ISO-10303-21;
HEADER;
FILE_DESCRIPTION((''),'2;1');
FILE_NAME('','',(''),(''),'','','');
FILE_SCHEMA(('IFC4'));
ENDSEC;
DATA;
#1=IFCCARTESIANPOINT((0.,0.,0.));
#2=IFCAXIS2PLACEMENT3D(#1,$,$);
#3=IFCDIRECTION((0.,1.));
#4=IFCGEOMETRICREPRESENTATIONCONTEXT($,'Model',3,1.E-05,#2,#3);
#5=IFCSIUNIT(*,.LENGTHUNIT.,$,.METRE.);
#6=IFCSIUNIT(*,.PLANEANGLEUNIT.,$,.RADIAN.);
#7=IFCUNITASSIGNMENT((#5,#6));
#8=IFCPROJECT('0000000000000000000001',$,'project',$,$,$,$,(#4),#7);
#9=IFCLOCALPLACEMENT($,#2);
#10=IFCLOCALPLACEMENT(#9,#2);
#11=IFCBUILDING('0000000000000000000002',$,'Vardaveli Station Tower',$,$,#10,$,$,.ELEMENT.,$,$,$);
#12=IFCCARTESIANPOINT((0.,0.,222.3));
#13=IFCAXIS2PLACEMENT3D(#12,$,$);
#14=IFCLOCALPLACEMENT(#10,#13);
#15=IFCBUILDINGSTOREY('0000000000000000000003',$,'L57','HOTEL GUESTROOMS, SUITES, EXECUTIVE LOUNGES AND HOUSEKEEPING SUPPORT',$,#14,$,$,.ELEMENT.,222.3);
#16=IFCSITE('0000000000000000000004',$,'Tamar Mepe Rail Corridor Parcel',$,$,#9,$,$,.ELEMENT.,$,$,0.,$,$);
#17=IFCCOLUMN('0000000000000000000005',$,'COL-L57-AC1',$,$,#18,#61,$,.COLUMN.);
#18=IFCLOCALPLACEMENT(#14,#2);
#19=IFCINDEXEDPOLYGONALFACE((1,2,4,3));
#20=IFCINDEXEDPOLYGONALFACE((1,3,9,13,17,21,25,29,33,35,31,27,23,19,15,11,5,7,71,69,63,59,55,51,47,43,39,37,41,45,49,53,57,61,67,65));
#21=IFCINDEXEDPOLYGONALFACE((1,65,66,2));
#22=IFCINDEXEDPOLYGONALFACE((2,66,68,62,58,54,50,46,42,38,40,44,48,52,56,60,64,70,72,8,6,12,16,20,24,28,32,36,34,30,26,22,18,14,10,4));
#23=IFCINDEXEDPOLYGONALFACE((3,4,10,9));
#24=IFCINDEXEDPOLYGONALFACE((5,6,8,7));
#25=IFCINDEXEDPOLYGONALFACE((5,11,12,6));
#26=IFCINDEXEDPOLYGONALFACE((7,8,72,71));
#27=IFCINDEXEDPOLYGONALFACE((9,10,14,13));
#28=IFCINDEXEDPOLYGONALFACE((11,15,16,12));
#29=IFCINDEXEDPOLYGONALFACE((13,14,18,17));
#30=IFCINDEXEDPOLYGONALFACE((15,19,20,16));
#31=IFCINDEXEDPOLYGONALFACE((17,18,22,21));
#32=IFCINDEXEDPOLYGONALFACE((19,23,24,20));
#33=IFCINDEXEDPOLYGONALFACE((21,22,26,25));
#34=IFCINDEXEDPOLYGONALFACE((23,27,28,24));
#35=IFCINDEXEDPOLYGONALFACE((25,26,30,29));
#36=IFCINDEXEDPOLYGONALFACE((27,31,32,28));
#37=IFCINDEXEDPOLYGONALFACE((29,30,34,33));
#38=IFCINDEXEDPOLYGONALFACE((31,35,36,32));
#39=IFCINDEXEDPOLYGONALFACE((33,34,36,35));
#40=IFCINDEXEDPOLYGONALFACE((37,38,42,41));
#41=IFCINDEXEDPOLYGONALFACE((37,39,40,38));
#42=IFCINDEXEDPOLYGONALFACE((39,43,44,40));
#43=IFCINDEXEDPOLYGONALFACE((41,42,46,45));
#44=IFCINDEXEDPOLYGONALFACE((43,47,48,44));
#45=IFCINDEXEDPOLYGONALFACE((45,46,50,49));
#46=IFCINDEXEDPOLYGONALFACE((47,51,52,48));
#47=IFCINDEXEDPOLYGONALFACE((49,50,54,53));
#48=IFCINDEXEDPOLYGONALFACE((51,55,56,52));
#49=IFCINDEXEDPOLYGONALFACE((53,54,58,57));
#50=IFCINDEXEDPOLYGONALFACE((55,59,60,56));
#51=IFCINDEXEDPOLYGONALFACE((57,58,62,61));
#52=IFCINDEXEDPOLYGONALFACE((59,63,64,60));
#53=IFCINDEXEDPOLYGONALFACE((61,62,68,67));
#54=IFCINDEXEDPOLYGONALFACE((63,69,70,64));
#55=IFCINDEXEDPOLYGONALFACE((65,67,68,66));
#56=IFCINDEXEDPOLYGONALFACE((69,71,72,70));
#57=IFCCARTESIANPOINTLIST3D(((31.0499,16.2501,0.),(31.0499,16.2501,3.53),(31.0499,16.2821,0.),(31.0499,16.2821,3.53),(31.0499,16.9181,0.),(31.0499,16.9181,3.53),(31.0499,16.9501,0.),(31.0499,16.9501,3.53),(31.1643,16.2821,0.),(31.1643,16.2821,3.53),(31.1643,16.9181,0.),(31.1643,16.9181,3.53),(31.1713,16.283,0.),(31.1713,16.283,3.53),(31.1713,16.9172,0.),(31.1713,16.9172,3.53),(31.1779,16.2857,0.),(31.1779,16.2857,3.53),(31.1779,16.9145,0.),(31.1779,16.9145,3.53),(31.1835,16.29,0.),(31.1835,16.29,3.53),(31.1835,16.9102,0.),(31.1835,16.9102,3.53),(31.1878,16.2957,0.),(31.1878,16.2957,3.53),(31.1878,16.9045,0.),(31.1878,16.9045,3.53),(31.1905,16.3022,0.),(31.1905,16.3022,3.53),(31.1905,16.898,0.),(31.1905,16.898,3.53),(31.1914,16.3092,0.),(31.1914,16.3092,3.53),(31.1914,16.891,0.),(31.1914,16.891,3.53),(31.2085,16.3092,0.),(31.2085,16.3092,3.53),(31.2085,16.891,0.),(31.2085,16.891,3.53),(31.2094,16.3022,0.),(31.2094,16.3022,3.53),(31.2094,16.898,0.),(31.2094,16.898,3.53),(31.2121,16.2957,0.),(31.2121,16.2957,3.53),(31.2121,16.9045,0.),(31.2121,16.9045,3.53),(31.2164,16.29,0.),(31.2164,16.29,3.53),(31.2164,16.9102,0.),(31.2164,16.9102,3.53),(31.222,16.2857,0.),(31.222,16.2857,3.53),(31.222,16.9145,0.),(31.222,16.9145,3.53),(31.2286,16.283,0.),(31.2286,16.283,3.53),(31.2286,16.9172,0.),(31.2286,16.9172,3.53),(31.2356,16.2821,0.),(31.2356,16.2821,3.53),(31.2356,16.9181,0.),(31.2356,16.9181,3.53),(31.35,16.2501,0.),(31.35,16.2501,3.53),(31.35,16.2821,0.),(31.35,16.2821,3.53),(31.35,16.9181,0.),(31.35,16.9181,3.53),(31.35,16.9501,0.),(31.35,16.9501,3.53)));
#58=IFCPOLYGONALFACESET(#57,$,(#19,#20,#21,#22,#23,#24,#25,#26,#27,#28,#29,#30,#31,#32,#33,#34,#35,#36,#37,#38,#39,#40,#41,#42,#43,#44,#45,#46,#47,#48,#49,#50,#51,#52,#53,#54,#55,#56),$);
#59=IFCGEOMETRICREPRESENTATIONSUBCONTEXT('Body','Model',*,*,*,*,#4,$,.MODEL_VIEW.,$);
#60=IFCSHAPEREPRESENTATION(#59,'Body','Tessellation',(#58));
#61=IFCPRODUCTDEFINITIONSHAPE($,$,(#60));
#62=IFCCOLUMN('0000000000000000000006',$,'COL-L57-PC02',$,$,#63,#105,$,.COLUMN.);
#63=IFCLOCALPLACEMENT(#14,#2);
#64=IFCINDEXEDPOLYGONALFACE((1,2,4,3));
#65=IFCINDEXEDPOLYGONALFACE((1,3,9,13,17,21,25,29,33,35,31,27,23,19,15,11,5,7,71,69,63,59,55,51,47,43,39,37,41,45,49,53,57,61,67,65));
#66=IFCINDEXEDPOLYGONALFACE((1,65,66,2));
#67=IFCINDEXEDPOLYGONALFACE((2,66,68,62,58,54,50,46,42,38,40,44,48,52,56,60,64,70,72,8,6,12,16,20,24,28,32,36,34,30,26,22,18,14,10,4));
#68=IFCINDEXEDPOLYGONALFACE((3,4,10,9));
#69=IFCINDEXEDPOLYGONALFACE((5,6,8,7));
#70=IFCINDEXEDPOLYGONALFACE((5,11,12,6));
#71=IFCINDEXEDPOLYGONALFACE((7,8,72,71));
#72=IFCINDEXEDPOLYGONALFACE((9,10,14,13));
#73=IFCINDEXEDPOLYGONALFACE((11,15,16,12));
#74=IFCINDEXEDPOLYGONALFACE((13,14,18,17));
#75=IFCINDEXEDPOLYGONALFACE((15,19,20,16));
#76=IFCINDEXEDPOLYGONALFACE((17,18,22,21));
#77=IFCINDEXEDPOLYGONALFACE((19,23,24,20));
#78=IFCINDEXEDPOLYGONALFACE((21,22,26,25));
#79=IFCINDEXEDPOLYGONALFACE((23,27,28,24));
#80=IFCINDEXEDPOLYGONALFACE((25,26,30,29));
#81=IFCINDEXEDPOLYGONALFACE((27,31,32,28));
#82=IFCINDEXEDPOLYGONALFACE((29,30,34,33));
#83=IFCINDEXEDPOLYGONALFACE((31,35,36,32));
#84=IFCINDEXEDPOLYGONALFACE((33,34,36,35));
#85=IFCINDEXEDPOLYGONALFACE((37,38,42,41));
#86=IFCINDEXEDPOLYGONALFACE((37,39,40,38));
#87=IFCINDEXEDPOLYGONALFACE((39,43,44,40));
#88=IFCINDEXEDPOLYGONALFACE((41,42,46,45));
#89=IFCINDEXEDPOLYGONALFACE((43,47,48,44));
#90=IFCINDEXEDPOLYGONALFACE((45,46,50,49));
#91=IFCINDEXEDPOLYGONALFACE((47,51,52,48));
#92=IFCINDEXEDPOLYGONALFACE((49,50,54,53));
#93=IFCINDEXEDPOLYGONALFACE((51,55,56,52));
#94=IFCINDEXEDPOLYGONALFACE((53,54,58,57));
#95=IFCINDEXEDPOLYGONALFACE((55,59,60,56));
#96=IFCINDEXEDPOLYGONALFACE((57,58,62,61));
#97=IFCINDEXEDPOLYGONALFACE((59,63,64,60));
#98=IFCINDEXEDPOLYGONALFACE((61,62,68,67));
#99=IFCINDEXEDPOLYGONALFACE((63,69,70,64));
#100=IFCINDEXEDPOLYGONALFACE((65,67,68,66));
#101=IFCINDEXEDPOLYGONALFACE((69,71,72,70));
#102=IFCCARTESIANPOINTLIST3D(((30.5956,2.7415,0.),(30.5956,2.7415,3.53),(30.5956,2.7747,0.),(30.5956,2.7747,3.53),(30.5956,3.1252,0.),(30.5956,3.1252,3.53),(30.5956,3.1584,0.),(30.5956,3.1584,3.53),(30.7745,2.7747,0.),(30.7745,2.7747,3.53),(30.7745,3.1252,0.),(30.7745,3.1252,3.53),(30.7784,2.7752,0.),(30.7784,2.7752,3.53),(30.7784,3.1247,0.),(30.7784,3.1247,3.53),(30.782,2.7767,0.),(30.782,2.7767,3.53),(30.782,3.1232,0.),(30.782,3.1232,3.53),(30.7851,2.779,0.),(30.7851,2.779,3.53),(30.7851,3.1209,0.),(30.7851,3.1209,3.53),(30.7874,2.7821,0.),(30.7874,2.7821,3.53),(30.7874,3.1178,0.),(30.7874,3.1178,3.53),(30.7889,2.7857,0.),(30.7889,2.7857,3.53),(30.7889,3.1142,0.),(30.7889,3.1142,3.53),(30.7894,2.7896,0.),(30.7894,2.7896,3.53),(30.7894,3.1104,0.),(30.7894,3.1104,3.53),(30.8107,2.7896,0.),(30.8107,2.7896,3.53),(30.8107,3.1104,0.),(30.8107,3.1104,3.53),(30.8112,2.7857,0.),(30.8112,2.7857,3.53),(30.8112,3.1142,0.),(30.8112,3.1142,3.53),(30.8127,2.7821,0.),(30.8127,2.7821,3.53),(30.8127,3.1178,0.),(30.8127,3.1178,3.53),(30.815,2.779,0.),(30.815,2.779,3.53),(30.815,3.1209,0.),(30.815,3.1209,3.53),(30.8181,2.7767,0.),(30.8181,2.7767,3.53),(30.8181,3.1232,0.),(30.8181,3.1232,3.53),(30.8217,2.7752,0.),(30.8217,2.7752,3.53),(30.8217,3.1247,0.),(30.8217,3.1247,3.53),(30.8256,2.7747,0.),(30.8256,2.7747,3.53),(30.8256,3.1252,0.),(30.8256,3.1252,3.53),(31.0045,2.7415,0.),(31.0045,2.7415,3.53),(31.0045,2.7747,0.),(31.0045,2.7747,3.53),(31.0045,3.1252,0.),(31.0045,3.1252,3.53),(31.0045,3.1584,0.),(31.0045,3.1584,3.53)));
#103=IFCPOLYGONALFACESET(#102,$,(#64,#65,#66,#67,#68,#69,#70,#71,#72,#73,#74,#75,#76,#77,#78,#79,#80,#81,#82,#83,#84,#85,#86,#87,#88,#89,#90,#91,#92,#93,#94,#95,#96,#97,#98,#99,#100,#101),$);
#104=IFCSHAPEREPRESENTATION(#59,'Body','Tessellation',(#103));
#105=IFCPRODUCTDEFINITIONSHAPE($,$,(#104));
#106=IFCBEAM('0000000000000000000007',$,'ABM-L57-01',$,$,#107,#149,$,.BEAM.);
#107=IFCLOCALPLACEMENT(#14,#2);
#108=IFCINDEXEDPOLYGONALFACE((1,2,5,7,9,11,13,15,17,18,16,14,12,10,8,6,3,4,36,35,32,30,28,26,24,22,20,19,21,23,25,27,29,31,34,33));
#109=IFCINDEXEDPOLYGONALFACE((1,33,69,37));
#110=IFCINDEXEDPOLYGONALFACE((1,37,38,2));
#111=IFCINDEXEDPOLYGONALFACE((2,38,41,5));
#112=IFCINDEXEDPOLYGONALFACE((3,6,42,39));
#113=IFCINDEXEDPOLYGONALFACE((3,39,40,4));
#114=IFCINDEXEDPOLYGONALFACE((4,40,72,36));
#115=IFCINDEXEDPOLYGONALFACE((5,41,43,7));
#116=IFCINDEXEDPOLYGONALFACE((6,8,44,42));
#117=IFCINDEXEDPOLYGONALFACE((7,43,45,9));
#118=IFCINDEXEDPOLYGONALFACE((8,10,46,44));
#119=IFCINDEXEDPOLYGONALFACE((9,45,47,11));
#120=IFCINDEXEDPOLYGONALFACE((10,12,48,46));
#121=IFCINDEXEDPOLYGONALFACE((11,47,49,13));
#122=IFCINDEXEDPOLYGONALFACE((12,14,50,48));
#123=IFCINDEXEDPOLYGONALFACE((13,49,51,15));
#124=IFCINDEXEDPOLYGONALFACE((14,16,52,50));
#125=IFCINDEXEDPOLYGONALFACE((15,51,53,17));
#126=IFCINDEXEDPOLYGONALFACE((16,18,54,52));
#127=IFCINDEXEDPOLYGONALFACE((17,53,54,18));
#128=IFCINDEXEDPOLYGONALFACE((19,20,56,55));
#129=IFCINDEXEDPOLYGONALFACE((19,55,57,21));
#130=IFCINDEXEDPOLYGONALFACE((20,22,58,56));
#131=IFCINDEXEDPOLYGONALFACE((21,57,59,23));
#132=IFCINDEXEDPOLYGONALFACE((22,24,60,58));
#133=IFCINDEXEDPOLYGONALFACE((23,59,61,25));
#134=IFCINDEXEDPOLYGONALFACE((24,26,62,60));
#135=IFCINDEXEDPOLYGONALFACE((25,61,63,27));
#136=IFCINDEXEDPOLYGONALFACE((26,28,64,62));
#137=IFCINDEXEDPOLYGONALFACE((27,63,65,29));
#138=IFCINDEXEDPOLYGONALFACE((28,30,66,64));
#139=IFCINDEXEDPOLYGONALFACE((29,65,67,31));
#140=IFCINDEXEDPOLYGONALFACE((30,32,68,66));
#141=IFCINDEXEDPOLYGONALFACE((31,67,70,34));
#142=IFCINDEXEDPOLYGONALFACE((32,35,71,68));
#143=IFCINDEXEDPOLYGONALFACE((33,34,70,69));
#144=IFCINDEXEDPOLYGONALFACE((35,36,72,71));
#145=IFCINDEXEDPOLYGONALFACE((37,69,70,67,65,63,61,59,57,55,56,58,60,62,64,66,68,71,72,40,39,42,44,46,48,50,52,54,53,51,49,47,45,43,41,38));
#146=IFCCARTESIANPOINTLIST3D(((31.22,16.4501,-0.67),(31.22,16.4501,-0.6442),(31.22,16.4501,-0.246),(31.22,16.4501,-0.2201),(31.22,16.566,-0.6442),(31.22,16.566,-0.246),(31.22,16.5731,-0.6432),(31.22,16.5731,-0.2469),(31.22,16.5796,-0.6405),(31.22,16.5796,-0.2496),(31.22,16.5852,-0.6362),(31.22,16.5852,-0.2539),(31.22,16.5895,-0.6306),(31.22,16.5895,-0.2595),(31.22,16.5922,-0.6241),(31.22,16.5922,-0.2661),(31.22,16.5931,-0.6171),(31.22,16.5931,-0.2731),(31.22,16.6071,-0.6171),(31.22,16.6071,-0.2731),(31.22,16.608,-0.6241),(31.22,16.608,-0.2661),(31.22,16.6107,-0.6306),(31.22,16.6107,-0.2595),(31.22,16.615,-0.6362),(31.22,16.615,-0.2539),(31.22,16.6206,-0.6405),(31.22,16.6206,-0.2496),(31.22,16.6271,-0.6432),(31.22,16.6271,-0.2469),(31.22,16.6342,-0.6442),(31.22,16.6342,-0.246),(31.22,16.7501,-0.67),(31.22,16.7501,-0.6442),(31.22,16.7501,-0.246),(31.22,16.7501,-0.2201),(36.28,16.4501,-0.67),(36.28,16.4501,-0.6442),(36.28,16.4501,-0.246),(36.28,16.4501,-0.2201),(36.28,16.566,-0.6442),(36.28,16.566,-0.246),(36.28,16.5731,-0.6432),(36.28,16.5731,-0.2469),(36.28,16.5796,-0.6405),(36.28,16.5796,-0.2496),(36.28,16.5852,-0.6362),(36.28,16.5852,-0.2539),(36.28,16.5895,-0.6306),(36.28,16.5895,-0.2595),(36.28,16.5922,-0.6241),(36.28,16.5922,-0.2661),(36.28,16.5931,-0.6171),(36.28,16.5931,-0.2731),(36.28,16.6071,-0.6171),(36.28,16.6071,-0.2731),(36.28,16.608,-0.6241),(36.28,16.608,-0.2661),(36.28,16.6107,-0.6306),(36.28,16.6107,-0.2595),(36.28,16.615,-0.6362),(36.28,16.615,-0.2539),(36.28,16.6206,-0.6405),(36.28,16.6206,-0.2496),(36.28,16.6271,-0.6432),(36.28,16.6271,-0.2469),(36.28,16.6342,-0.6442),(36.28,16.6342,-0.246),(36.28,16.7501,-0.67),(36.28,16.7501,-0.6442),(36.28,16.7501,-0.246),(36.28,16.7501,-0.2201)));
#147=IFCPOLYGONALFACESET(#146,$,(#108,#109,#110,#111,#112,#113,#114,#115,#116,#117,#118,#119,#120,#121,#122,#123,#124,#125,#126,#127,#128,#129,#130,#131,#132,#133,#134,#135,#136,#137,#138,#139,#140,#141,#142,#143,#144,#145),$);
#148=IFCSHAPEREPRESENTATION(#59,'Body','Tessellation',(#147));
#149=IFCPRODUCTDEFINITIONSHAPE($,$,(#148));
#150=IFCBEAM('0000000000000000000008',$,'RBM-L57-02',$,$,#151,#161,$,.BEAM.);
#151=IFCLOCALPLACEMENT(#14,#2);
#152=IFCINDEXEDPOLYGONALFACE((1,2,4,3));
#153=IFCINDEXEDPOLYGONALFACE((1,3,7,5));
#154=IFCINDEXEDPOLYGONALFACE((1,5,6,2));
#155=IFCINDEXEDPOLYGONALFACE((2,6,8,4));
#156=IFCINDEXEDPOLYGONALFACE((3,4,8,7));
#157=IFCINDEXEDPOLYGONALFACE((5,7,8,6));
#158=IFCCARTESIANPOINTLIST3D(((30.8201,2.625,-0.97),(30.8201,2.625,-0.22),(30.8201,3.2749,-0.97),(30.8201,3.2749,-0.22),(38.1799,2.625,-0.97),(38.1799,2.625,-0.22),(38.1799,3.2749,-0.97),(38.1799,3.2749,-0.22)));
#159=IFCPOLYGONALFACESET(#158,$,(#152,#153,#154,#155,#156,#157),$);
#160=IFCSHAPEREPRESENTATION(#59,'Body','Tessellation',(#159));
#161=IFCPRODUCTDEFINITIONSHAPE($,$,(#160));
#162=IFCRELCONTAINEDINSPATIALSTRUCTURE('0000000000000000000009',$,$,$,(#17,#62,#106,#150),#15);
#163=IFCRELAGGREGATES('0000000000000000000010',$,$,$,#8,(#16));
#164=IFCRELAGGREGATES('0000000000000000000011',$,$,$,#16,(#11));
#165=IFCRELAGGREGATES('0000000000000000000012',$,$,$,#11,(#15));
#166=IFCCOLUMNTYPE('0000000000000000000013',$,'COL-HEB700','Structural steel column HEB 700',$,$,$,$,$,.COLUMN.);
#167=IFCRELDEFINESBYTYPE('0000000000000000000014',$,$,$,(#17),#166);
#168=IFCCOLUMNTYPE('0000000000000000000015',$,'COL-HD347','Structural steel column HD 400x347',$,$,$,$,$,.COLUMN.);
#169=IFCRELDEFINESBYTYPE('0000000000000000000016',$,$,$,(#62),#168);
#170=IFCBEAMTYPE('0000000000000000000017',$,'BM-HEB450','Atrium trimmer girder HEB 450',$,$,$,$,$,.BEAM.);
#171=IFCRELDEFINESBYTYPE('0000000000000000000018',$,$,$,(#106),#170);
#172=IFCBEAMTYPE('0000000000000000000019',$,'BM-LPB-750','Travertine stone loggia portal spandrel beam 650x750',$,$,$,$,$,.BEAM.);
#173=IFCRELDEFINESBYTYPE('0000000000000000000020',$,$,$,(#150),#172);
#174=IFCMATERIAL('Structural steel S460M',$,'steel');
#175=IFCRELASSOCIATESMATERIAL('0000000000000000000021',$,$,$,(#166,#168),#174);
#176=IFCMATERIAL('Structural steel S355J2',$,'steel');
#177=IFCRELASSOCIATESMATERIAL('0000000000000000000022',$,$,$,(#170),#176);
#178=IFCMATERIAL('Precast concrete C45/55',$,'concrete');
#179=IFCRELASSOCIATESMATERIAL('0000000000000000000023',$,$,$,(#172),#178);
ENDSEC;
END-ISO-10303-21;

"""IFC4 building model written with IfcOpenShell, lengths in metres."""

from ifc_helpers import new_model, si_unit, direction, frame, origin, origin_2d, place, context, subcontext, project, spatial, rectangle, i_section, extrude, source, transform, mapped, material, material_profile, profile_set, type_object, element, save


model = new_model("IFC4")

# Units and contexts
model_context = context("Model", 3, precision=1e-05, world=origin(), true_north=direction((0.0, 1.0)))
body_context = subcontext(model_context, "Body", "Model", "MODEL_VIEW")
ifc_project = project(units=[si_unit("LENGTHUNIT", "METRE"), si_unit("PLANEANGLEUNIT", "RADIAN")], contexts=[model_context])

# Site, building, storey
site_placement = place(None, origin())
site = spatial("IfcSite", under=ifc_project, at=site_placement, Name="Tamar Mepe Rail Corridor Parcel", CompositionType="ELEMENT", RefElevation=0.0)
building_placement = place(site_placement, origin())
building = spatial("IfcBuilding", under=site, at=building_placement, Name="Vardaveli Station Tower", CompositionType="ELEMENT")
storey_placement = place(building_placement, frame((0.0, 0.0, 222.3)))
storey = spatial("IfcBuildingStorey", under=building, at=storey_placement, Name="L57", Description="HOTEL GUESTROOMS, SUITES, EXECUTIVE LOUNGES AND HOUSEKEEPING SUPPORT", CompositionType="ELEMENT", Elevation=222.3)

# Columns
ifc_material_1 = material(Name="Structural steel S460M", Category="steel")
ifc_material_profile_1 = material_profile(ifc_material_1, i_section(OverallWidth=0.3, OverallDepth=0.7, WebThickness=0.0171, FlangeThickness=0.032, FilletRadius=0.0271, at=origin_2d()), Name="HEB 700")
ifc_profile_set_1 = profile_set([ifc_material_profile_1], Name="Structural steel S460M")
column_type_1 = type_object("IfcColumnType", Name="COL-HEB700", Description="Structural steel column HEB 700", PredefinedType="COLUMN", material=ifc_profile_set_1)
shared_shape_1 = source(origin(), body_context, "Body", "SweptSolid", [
    extrude(i_section(OverallWidth=0.3, OverallDepth=0.7, WebThickness=0.0171, FlangeThickness=0.032, FilletRadius=0.0271, at=origin_2d()), origin(), (0.0, 0.0, 1.0), 3.53),
])
column_1_placement = place(storey_placement, frame((31.2, 16.6001, 0.0), z_axis=(0.0, 0.0, 1.0), x_axis=(1.0, 0.0, 0.0)))
element("IfcColumn", 1, at=column_1_placement, inside=storey, type_object=column_type_1, Name="COL-L57-AC1", PredefinedType="COLUMN", context=body_context, shape_type="MappedRepresentation", body=[
    mapped(shared_shape_1, transform((0.0, 0.0, 0.0), scale=1.0)),
])
ifc_material_profile_2 = material_profile(ifc_material_1, i_section(OverallWidth=0.4089, OverallDepth=0.417, WebThickness=0.0212, FlangeThickness=0.0332, FilletRadius=0.0149, at=origin_2d()), Name="HD 400x347")
ifc_profile_set_2 = profile_set([ifc_material_profile_2], Name="Structural steel S460M")
column_type_2 = type_object("IfcColumnType", Name="COL-HD347", Description="Structural steel column HD 400x347", PredefinedType="COLUMN", material=ifc_profile_set_2)
shared_shape_2 = source(origin(), body_context, "Body", "SweptSolid", [
    extrude(i_section(OverallWidth=0.4089, OverallDepth=0.417, WebThickness=0.0212, FlangeThickness=0.0332, FilletRadius=0.0149, at=origin_2d()), origin(), (0.0, 0.0, 1.0), 3.53),
])
column_2_placement = place(storey_placement, frame((30.8, 2.95, 0.0), z_axis=(0.0, 0.0, 1.0), x_axis=(1.0, 0.0, 0.0)))
element("IfcColumn", 2, at=column_2_placement, inside=storey, type_object=column_type_2, Name="COL-L57-PC02", PredefinedType="COLUMN", context=body_context, shape_type="MappedRepresentation", body=[
    mapped(shared_shape_2, transform((0.0, 0.0, 0.0), scale=1.0)),
])

# Beams
ifc_material_2 = material(Name="Structural steel S355J2", Category="steel")
ifc_material_profile_3 = material_profile(ifc_material_2, i_section(OverallWidth=0.3, OverallDepth=0.45, WebThickness=0.0139, FlangeThickness=0.0259, FilletRadius=0.0271, at=origin_2d()), Name="HEB 450")
ifc_profile_set_3 = profile_set([ifc_material_profile_3], Name="Structural steel S355J2")
beam_type_1 = type_object("IfcBeamType", Name="BM-HEB450", Description="Atrium trimmer girder HEB 450", PredefinedType="BEAM", material=ifc_profile_set_3)
shared_shape_3 = source(origin(), body_context, "Body", "SweptSolid", [
    extrude(i_section(OverallWidth=0.3, OverallDepth=0.45, WebThickness=0.0139, FlangeThickness=0.0259, FilletRadius=0.0271, at=origin_2d()), origin(), (0.0, 0.0, 1.0), 5.0601),
])
beam_1_placement = place(storey_placement, frame((31.22, 16.6001, -0.4451), z_axis=(1.0, 0.0, 0.0), x_axis=(0.0, 1.0, 0.0)))
element("IfcBeam", 3, at=beam_1_placement, inside=storey, type_object=beam_type_1, Name="ABM-L57-01", PredefinedType="BEAM", context=body_context, shape_type="MappedRepresentation", body=[
    mapped(shared_shape_3, transform((0.0, 0.0, 0.0), scale=1.0)),
])
ifc_material_3 = material(Name="Precast concrete C45/55", Category="concrete")
ifc_material_profile_4 = material_profile(ifc_material_3, rectangle(XDim=0.6499, YDim=0.75, at=origin_2d()), Name="LPB 650x750")
ifc_profile_set_4 = profile_set([ifc_material_profile_4], Name="Precast concrete C45/55")
beam_type_2 = type_object("IfcBeamType", Name="BM-LPB-750", Description="Travertine stone loggia portal spandrel beam 650x750", PredefinedType="BEAM", material=ifc_profile_set_4)
shared_shape_4 = source(origin(), body_context, "Body", "SweptSolid", [
    extrude(rectangle(XDim=0.6499, YDim=0.75, at=origin_2d()), origin(), (0.0, 0.0, 1.0), 7.3599),
])
beam_2_placement = place(storey_placement, frame((30.8201, 2.95, -0.595), z_axis=(1.0, 0.0, 0.0), x_axis=(0.0, 1.0, 0.0)))
element("IfcBeam", 4, at=beam_2_placement, inside=storey, type_object=beam_type_2, Name="RBM-L57-02", PredefinedType="BEAM", context=body_context, shape_type="MappedRepresentation", body=[
    mapped(shared_shape_4, transform((0.0, 0.0, 0.0), scale=1.0)),
])

save(model, "model.ifc")
